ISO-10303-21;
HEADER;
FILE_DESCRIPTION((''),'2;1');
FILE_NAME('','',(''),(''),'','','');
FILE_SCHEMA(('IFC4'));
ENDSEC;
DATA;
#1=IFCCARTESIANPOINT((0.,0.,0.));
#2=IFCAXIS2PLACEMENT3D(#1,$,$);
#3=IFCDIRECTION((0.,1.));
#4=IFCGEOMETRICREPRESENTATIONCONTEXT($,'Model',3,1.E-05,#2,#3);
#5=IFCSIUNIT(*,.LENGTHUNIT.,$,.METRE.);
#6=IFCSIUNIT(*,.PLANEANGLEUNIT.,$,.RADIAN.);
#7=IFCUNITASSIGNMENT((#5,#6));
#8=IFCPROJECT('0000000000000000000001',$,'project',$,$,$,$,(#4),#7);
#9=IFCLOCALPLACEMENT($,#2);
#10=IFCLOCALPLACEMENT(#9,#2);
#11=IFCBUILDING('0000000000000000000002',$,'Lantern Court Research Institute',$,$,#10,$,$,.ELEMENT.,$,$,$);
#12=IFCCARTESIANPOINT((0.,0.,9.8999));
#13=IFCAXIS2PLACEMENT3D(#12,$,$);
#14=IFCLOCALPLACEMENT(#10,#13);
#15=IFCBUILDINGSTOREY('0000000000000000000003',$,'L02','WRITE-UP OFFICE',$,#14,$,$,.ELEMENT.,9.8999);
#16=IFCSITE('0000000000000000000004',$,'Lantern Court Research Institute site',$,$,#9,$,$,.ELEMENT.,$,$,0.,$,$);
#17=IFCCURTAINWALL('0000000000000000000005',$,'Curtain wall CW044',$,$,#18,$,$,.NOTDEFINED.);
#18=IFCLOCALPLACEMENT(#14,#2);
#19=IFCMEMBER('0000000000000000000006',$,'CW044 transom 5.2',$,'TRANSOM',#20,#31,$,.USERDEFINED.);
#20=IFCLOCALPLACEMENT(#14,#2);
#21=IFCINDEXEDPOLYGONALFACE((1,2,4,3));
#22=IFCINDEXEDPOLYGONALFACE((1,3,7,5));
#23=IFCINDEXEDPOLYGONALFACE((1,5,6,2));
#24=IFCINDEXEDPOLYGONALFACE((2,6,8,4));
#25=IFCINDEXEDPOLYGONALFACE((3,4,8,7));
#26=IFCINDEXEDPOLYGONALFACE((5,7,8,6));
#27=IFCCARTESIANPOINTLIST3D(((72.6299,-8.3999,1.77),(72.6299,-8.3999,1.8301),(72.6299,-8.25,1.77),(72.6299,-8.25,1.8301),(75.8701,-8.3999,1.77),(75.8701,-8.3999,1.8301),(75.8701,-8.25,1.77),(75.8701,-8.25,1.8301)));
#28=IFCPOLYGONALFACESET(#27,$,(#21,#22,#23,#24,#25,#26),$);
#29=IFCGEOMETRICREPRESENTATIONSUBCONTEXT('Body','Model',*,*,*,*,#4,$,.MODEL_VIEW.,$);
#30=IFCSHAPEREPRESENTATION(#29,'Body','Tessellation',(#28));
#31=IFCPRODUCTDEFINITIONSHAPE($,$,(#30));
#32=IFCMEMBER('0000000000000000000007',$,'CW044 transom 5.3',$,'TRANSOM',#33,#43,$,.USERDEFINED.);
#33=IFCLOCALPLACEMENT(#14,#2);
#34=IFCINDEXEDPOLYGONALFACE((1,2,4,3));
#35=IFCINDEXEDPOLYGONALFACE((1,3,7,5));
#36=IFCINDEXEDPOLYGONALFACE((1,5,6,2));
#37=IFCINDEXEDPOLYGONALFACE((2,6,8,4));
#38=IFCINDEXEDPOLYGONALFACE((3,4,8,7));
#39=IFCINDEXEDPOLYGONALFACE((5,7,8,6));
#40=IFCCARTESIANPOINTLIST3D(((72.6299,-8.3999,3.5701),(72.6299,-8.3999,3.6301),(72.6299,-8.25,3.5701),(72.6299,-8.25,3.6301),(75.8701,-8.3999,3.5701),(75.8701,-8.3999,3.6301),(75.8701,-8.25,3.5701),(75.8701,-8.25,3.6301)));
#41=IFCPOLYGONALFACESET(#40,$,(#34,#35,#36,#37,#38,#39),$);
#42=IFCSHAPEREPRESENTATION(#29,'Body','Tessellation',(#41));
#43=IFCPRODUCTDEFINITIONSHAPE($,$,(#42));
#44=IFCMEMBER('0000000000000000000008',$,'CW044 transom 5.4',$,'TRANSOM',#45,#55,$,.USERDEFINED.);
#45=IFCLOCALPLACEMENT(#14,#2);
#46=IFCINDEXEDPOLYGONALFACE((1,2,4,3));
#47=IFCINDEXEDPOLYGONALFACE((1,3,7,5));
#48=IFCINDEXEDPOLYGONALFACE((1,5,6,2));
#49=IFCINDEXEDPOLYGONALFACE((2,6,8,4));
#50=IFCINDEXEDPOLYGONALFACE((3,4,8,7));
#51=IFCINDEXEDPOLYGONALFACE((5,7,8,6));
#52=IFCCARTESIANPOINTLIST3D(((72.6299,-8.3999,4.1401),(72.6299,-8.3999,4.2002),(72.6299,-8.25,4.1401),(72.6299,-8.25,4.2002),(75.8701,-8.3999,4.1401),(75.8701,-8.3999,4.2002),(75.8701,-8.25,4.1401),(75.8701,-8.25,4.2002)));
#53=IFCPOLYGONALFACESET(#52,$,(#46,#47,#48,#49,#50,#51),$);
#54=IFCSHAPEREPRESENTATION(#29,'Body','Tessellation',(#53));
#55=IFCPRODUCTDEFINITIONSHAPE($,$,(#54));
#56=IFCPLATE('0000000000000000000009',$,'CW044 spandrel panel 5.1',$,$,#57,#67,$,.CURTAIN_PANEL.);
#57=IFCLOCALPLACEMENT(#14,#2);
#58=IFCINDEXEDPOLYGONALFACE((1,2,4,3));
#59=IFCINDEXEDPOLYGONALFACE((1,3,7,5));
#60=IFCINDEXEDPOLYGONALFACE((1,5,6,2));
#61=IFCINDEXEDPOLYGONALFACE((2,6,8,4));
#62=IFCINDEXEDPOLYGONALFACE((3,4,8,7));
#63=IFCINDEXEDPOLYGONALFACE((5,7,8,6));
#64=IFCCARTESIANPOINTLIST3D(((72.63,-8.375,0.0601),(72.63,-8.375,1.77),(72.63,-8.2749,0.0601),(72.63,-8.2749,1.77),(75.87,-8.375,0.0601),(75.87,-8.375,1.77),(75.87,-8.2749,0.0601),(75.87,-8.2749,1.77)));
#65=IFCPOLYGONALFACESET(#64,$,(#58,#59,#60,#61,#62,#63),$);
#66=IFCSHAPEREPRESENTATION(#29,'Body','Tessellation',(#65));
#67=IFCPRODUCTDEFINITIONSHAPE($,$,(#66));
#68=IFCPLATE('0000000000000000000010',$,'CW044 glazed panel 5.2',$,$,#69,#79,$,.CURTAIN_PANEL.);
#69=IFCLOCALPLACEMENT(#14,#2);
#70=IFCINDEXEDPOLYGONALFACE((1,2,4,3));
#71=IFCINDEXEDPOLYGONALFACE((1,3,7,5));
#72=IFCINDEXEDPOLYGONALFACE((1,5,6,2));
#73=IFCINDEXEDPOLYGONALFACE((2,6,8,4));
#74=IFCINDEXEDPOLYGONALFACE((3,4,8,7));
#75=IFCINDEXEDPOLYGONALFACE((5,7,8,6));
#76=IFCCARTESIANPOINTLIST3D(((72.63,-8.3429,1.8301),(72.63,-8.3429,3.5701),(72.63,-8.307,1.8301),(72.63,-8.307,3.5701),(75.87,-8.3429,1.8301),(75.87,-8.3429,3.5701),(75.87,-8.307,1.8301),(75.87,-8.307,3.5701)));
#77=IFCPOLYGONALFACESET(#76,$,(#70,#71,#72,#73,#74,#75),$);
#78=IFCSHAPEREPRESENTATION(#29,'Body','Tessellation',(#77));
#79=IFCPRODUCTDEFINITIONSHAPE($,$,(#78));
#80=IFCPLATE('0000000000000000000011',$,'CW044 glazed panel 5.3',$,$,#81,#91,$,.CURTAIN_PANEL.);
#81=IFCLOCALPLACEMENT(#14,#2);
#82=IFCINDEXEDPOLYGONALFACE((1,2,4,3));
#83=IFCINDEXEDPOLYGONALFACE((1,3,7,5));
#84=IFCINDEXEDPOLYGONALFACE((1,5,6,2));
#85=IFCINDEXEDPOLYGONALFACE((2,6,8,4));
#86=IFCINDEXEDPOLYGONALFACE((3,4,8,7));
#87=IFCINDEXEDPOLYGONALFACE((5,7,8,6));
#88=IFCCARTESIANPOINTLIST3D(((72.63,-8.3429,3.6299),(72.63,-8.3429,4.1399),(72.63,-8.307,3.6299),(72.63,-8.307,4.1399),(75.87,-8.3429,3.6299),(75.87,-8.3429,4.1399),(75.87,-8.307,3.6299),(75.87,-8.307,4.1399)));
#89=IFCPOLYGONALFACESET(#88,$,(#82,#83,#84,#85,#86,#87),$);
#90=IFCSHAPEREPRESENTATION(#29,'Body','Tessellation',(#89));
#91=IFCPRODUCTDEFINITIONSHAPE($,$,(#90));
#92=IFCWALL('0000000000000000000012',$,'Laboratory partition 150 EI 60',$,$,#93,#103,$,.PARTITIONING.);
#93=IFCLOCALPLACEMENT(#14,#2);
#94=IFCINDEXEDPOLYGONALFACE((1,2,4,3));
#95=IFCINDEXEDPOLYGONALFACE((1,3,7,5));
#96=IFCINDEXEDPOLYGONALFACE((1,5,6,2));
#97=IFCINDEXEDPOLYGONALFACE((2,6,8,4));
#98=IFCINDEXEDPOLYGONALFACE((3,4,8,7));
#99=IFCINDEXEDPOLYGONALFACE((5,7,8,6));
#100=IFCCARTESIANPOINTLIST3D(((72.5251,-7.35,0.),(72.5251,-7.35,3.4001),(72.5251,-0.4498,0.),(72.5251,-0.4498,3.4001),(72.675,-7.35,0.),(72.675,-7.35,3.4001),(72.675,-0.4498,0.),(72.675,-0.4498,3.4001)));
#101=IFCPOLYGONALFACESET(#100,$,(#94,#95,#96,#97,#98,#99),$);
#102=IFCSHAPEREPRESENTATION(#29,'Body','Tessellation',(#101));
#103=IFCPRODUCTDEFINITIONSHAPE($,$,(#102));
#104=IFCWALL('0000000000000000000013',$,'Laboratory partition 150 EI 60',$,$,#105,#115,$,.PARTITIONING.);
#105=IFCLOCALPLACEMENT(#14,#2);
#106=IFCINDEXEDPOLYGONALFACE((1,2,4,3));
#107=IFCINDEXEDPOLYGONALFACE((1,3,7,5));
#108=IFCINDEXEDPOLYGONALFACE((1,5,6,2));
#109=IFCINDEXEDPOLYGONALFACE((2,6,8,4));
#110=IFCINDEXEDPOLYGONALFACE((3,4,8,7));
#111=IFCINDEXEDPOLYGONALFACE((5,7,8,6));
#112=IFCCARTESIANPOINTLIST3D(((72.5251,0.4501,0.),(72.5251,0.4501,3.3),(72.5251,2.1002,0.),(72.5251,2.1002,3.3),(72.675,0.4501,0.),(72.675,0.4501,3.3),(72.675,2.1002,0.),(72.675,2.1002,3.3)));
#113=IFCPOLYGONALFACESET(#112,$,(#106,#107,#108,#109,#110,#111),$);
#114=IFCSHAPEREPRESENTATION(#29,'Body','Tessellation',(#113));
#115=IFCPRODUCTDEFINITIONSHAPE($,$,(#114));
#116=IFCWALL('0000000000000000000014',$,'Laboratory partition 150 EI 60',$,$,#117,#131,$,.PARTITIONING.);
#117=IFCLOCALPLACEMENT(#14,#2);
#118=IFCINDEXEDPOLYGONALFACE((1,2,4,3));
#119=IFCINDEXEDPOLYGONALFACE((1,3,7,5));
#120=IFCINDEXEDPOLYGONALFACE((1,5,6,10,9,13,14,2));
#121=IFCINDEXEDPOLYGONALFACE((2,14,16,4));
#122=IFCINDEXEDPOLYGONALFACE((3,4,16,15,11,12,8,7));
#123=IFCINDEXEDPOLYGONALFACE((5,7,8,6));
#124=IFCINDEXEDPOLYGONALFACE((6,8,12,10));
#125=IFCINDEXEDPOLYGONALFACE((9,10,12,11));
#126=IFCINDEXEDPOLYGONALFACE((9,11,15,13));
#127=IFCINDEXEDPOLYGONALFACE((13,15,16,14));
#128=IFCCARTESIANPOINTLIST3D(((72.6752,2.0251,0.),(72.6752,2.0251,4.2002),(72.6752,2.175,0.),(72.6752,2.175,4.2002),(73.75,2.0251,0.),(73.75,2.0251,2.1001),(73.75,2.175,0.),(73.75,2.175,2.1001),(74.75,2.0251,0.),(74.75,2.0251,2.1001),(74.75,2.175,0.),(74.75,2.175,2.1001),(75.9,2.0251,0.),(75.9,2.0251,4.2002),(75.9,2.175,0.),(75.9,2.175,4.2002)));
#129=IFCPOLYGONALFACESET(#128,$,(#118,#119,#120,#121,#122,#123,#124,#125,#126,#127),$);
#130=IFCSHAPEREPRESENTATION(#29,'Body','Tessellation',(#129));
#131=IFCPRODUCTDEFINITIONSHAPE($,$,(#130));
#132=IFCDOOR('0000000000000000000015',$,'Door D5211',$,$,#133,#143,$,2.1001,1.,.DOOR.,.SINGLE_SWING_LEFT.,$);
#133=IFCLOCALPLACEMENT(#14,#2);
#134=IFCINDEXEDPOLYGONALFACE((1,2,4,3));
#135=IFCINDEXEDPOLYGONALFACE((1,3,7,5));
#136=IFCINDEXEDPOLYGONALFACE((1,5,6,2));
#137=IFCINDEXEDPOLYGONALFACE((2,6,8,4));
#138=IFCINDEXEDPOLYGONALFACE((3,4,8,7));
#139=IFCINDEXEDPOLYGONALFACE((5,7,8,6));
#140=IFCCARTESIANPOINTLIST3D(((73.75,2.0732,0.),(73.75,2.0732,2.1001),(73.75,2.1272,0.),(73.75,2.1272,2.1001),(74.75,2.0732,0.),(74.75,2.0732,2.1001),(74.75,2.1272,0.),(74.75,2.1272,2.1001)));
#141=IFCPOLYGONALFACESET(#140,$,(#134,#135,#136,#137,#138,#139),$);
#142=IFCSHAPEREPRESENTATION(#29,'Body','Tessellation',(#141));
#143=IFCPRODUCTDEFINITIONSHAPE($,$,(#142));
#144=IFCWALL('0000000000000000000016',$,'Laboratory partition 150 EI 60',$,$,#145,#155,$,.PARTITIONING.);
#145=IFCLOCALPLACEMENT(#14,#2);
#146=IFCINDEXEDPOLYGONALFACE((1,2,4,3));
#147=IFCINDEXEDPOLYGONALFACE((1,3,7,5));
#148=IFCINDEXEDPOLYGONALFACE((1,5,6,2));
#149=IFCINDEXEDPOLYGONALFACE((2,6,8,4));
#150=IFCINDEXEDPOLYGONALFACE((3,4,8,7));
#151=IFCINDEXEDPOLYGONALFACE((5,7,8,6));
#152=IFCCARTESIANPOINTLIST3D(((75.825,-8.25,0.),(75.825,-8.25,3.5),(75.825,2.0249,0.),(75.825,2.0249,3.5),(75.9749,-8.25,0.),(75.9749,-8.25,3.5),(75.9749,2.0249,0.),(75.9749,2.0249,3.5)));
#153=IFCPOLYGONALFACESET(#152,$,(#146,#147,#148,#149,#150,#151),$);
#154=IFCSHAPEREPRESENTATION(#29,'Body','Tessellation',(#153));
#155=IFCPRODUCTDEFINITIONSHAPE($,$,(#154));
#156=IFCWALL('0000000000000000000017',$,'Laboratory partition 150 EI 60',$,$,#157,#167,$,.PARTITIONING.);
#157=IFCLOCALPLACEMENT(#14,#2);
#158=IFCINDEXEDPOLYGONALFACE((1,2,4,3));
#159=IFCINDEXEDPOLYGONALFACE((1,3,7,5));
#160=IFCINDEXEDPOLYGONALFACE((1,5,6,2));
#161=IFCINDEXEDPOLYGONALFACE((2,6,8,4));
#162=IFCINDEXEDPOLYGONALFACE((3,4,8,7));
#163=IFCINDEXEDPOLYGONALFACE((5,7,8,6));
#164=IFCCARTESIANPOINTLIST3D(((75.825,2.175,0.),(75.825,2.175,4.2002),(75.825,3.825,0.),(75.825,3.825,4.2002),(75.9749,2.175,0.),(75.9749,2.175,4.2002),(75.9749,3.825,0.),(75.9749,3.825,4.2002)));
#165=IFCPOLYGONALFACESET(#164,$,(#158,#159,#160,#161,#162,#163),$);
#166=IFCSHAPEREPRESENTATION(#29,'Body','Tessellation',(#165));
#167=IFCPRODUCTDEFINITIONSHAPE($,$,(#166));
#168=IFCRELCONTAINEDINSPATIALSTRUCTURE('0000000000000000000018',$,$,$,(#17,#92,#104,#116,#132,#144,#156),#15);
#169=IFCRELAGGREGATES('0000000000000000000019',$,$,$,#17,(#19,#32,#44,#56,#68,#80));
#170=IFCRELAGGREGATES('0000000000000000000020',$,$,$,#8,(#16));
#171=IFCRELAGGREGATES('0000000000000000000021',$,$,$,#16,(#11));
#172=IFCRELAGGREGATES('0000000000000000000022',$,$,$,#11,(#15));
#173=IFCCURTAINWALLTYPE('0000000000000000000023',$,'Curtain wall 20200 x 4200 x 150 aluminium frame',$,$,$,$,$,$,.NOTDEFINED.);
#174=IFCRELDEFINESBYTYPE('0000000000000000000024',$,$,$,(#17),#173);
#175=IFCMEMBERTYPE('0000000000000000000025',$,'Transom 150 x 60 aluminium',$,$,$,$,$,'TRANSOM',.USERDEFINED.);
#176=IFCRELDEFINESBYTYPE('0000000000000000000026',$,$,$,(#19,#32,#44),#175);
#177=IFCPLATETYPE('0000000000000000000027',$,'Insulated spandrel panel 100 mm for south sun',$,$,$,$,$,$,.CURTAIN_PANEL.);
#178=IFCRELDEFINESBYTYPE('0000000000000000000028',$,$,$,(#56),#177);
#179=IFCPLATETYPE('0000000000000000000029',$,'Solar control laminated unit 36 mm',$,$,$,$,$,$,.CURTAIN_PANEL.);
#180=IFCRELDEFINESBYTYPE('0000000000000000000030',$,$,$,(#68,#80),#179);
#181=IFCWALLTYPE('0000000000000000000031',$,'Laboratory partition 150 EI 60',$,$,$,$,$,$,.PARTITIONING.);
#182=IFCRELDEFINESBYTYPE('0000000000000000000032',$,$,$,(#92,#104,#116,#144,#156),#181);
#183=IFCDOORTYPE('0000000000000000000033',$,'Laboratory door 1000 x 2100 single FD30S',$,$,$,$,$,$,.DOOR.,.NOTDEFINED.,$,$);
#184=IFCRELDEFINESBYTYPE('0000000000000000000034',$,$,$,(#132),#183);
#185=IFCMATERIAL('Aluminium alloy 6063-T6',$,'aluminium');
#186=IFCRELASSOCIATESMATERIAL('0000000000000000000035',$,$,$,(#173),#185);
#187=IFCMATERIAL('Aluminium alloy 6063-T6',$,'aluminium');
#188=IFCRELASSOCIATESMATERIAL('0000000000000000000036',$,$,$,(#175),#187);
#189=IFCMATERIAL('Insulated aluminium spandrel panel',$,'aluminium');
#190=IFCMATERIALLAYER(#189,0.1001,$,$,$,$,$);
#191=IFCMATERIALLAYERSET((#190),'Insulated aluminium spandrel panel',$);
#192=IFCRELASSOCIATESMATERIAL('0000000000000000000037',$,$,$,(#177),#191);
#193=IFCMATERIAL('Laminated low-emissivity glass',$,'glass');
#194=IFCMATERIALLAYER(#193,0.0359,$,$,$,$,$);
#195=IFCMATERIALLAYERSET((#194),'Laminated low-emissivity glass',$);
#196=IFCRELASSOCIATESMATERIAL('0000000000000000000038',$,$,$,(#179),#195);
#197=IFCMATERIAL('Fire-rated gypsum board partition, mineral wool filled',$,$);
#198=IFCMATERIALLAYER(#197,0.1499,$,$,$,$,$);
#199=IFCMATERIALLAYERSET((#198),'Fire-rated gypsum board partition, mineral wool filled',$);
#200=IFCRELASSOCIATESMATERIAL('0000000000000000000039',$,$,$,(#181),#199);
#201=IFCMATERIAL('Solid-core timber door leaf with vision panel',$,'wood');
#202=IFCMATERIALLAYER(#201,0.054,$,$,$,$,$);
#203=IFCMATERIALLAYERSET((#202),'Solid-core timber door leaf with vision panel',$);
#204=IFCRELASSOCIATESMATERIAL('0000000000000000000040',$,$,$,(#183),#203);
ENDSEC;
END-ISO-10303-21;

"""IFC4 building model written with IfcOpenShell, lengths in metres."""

from ifc_helpers import new_model, si_unit, direction, frame, frame_2d, origin, origin_2d, place, context, subcontext, project, spatial, rectangle, extrude, material, layer, layer_set, material_profile, profile_set, type_object, element, fill, aggregate, save


model = new_model("IFC4")

# Units and contexts
model_context = context("Model", 3, precision=1e-05, world=origin(), true_north=direction((0.0, 1.0)))
body_context = subcontext(model_context, "Body", "Model", "MODEL_VIEW")
ifc_project = project(units=[si_unit("LENGTHUNIT", "METRE"), si_unit("PLANEANGLEUNIT", "RADIAN")], contexts=[model_context])

# Site, building, storey
site_placement = place(None, origin())
site = spatial("IfcSite", under=ifc_project, at=site_placement, Name="Lantern Court Research Institute site", CompositionType="ELEMENT", RefElevation=0.0)
building_placement = place(site_placement, origin())
building = spatial("IfcBuilding", under=site, at=building_placement, Name="Lantern Court Research Institute", CompositionType="ELEMENT")
storey_placement = place(building_placement, frame((0.0, 0.0, 9.8999)))
storey = spatial("IfcBuildingStorey", under=building, at=storey_placement, Name="L02", Description="WRITE-UP OFFICE", CompositionType="ELEMENT", Elevation=9.8999)

# Curtain wall
ifc_material_1 = material(Name="Aluminium alloy 6063-T6", Category="aluminium")
curtain_wall_type = type_object("IfcCurtainWallType", Name="Curtain wall 20200 x 4200 x 150 aluminium frame", PredefinedType="NOTDEFINED", material=ifc_material_1)
curtain_wall_placement = place(storey_placement, origin())
curtain_wall = element("IfcCurtainWall", 1, at=curtain_wall_placement, inside=storey, type_object=curtain_wall_type, Name="Curtain wall CW044", PredefinedType="NOTDEFINED")

# Members
ifc_material_2 = material(Name="Aluminium alloy 6063-T6", Category="aluminium")
ifc_material_profile_1 = material_profile(ifc_material_2, rectangle(XDim=0.1499, YDim=0.0601, at=origin_2d()), Name="Transom 150 x 60")
ifc_profile_set_1 = profile_set([ifc_material_profile_1], Name="Aluminium alloy 6063-T6")
member_type_1 = type_object("IfcMemberType", Name="Transom 150 x 60 aluminium", ElementType="TRANSOM", PredefinedType="USERDEFINED", material=ifc_profile_set_1)
member_1_placement = place(storey_placement, frame((75.8701, -8.325, 1.8), z_axis=(-1.0, 0.0, 0.0), x_axis=(0.0, -1.0, 0.0)))
member_1 = element("IfcMember", 2, at=member_1_placement, type_object=member_type_1, Name="CW044 transom 5.2", ObjectType="TRANSOM", PredefinedType="USERDEFINED", context=body_context, shape_type="SweptSolid", body=[
    extrude(rectangle(XDim=0.1499, YDim=0.0601, at=origin_2d()), origin(), (0.0, 0.0, 1.0), 3.2402),
])
member_2_placement = place(storey_placement, frame((75.8701, -8.325, 3.6001), z_axis=(-1.0, 0.0, 0.0), x_axis=(0.0, -1.0, 0.0)))
member_2 = element("IfcMember", 3, at=member_2_placement, type_object=member_type_1, Name="CW044 transom 5.3", ObjectType="TRANSOM", PredefinedType="USERDEFINED", context=body_context, shape_type="SweptSolid", body=[
    extrude(rectangle(XDim=0.1499, YDim=0.0601, at=origin_2d()), origin(), (0.0, 0.0, 1.0), 3.2402),
])
member_3_placement = place(storey_placement, frame((75.8701, -8.325, 4.1702), z_axis=(-1.0, 0.0, 0.0), x_axis=(0.0, -1.0, 0.0)))
member_3 = element("IfcMember", 4, at=member_3_placement, type_object=member_type_1, Name="CW044 transom 5.4", ObjectType="TRANSOM", PredefinedType="USERDEFINED", context=body_context, shape_type="SweptSolid", body=[
    extrude(rectangle(XDim=0.1499, YDim=0.0601, at=origin_2d()), origin(), (0.0, 0.0, 1.0), 3.2402),
])

# Plates
ifc_material_3 = material(Name="Insulated aluminium spandrel panel", Category="aluminium")
ifc_layer_1 = layer(ifc_material_3, 0.1001)
ifc_layer_set_1 = layer_set([ifc_layer_1], Name="Insulated aluminium spandrel panel")
plate_type_1 = type_object("IfcPlateType", Name="Insulated spandrel panel 100 mm for south sun", PredefinedType="CURTAIN_PANEL", material=ifc_layer_set_1)
plate_1_placement = place(storey_placement, frame((74.25, -8.325, 0.0601), z_axis=(0.0, 0.0, 1.0), x_axis=(-1.0, 0.0, 0.0)))
plate_1 = element("IfcPlate", 5, at=plate_1_placement, type_object=plate_type_1, Name="CW044 spandrel panel 5.1", PredefinedType="CURTAIN_PANEL", context=body_context, shape_type="SweptSolid", body=[
    extrude(rectangle(XDim=3.24, YDim=0.1001, at=origin_2d()), origin(), (0.0, 0.0, 1.0), 1.71),
])
ifc_material_4 = material(Name="Laminated low-emissivity glass", Category="glass")
ifc_layer_2 = layer(ifc_material_4, 0.0359)
ifc_layer_set_2 = layer_set([ifc_layer_2], Name="Laminated low-emissivity glass")
plate_type_2 = type_object("IfcPlateType", Name="Solar control laminated unit 36 mm", PredefinedType="CURTAIN_PANEL", material=ifc_layer_set_2)
plate_2_placement = place(storey_placement, frame((74.25, -8.325, 1.8301), z_axis=(0.0, 0.0, 1.0), x_axis=(-1.0, 0.0, 0.0)))
plate_2 = element("IfcPlate", 6, at=plate_2_placement, type_object=plate_type_2, Name="CW044 glazed panel 5.2", PredefinedType="CURTAIN_PANEL", context=body_context, shape_type="SweptSolid", body=[
    extrude(rectangle(XDim=3.24, YDim=0.0359, at=origin_2d()), origin(), (0.0, 0.0, 1.0), 1.74),
])
plate_3_placement = place(storey_placement, frame((74.25, -8.325, 3.6299), z_axis=(0.0, 0.0, 1.0), x_axis=(-1.0, 0.0, 0.0)))
plate_3 = element("IfcPlate", 7, at=plate_3_placement, type_object=plate_type_2, Name="CW044 glazed panel 5.3", PredefinedType="CURTAIN_PANEL", context=body_context, shape_type="SweptSolid", body=[
    extrude(rectangle(XDim=3.24, YDim=0.0359, at=origin_2d()), origin(), (0.0, 0.0, 1.0), 0.51),
])
aggregate(curtain_wall, [member_1, member_2, member_3, plate_1, plate_2, plate_3])

# Walls
ifc_material_5 = material(Name="Fire-rated gypsum board partition, mineral wool filled")
ifc_layer_3 = layer(ifc_material_5, 0.1499)
ifc_layer_set_3 = layer_set([ifc_layer_3], Name="Fire-rated gypsum board partition, mineral wool filled")
wall_type = type_object("IfcWallType", Name="Laboratory partition 150 EI 60", PredefinedType="PARTITIONING", material=ifc_layer_set_3)
wall_1_placement = place(storey_placement, frame((72.6001, -7.3501, 0.0), z_axis=(0.0, 0.0, 1.0), x_axis=(0.0, 1.0, 0.0)))
element("IfcWall", 8, at=wall_1_placement, inside=storey, type_object=wall_type, Name="Laboratory partition 150 EI 60", PredefinedType="PARTITIONING", context=body_context, shape_type="SweptSolid", body=[
    extrude(rectangle(XDim=6.9001, YDim=0.1499, at=frame_2d((3.4502, 0.0))), origin(), (0.0, 0.0, 1.0), 3.4001),
])
wall_2_placement = place(storey_placement, frame((72.6001, 0.45, 0.0), z_axis=(0.0, 0.0, 1.0), x_axis=(0.0, 1.0, 0.0)))
element("IfcWall", 9, at=wall_2_placement, inside=storey, type_object=wall_type, Name="Laboratory partition 150 EI 60", PredefinedType="PARTITIONING", context=body_context, shape_type="SweptSolid", body=[
    extrude(rectangle(XDim=1.6501, YDim=0.1499, at=frame_2d((0.8252, 0.0))), origin(), (0.0, 0.0, 1.0), 3.3),
])

# Wall, opening, door
wall_3_placement = place(storey_placement, frame((75.8999, 2.1001, 0.0), z_axis=(0.0, 0.0, 1.0), x_axis=(-1.0, 0.0, 0.0)))
wall_3 = element("IfcWall", 10, at=wall_3_placement, inside=storey, type_object=wall_type, Name="Laboratory partition 150 EI 60", PredefinedType="PARTITIONING", context=body_context, shape_type="SweptSolid", body=[
    extrude(rectangle(XDim=3.2249, YDim=0.1499, at=frame_2d((1.6123, 0.0))), origin(), (0.0, 0.0, 1.0), 4.2002),
])
opening_placement = place(wall_3_placement, frame((1.1499, 0.0, 0.0)))
opening = element("IfcOpeningElement", 11, at=opening_placement, cuts=wall_3, PredefinedType="OPENING", context=body_context, shape_type="SweptSolid", body=[
    extrude(rectangle(XDim=1.0, YDim=2.1001, at=frame_2d((0.5, 1.05))), frame((0.0, 0.085, 0.0), z_axis=(0.0, -1.0, 0.0), x_axis=(1.0, 0.0, 0.0)), (0.0, 0.0, 1.0), 0.1699),
])
ifc_material_6 = material(Name="Solid-core timber door leaf with vision panel", Category="wood")
ifc_layer_4 = layer(ifc_material_6, 0.054)
ifc_layer_set_4 = layer_set([ifc_layer_4], Name="Solid-core timber door leaf with vision panel")
door_type = type_object("IfcDoorType", Name="Laboratory door 1000 x 2100 single FD30S", OperationType="NOTDEFINED", PredefinedType="DOOR", material=ifc_layer_set_4)
door_placement = place(opening_placement, origin())
door = element("IfcDoor", 12, at=door_placement, inside=storey, type_object=door_type, Name="Door D5211", OperationType="SINGLE_SWING_LEFT", OverallHeight=2.1001, OverallWidth=1.0, PredefinedType="DOOR", context=body_context, shape_type="SweptSolid", body=[
    extrude(rectangle(XDim=1.0, YDim=2.1001, at=frame_2d((0.5, 1.05))), frame((0.0, 0.0269, 0.0), z_axis=(0.0, -1.0, 0.0), x_axis=(1.0, 0.0, 0.0)), (0.0, 0.0, 1.0), 0.054),
])
fill(opening, door)

# Walls
wall_4_placement = place(storey_placement, frame((75.8999, -8.25, 0.0), z_axis=(0.0, 0.0, 1.0), x_axis=(0.0, 1.0, 0.0)))
element("IfcWall", 13, at=wall_4_placement, inside=storey, type_object=wall_type, Name="Laboratory partition 150 EI 60", PredefinedType="PARTITIONING", context=body_context, shape_type="SweptSolid", body=[
    extrude(rectangle(XDim=10.2749, YDim=0.1499, at=frame_2d((5.1375, 0.0))), origin(), (0.0, 0.0, 1.0), 3.5),
])
wall_5_placement = place(storey_placement, frame((75.8999, 2.175, 0.0), z_axis=(0.0, 0.0, 1.0), x_axis=(0.0, 1.0, 0.0)))
element("IfcWall", 14, at=wall_5_placement, inside=storey, type_object=wall_type, Name="Laboratory partition 150 EI 60", PredefinedType="PARTITIONING", context=body_context, shape_type="SweptSolid", body=[
    extrude(rectangle(XDim=1.6499, YDim=0.1499, at=frame_2d((0.825, 0.0))), origin(), (0.0, 0.0, 1.0), 4.2002),
])

save(model, "model.ifc")
